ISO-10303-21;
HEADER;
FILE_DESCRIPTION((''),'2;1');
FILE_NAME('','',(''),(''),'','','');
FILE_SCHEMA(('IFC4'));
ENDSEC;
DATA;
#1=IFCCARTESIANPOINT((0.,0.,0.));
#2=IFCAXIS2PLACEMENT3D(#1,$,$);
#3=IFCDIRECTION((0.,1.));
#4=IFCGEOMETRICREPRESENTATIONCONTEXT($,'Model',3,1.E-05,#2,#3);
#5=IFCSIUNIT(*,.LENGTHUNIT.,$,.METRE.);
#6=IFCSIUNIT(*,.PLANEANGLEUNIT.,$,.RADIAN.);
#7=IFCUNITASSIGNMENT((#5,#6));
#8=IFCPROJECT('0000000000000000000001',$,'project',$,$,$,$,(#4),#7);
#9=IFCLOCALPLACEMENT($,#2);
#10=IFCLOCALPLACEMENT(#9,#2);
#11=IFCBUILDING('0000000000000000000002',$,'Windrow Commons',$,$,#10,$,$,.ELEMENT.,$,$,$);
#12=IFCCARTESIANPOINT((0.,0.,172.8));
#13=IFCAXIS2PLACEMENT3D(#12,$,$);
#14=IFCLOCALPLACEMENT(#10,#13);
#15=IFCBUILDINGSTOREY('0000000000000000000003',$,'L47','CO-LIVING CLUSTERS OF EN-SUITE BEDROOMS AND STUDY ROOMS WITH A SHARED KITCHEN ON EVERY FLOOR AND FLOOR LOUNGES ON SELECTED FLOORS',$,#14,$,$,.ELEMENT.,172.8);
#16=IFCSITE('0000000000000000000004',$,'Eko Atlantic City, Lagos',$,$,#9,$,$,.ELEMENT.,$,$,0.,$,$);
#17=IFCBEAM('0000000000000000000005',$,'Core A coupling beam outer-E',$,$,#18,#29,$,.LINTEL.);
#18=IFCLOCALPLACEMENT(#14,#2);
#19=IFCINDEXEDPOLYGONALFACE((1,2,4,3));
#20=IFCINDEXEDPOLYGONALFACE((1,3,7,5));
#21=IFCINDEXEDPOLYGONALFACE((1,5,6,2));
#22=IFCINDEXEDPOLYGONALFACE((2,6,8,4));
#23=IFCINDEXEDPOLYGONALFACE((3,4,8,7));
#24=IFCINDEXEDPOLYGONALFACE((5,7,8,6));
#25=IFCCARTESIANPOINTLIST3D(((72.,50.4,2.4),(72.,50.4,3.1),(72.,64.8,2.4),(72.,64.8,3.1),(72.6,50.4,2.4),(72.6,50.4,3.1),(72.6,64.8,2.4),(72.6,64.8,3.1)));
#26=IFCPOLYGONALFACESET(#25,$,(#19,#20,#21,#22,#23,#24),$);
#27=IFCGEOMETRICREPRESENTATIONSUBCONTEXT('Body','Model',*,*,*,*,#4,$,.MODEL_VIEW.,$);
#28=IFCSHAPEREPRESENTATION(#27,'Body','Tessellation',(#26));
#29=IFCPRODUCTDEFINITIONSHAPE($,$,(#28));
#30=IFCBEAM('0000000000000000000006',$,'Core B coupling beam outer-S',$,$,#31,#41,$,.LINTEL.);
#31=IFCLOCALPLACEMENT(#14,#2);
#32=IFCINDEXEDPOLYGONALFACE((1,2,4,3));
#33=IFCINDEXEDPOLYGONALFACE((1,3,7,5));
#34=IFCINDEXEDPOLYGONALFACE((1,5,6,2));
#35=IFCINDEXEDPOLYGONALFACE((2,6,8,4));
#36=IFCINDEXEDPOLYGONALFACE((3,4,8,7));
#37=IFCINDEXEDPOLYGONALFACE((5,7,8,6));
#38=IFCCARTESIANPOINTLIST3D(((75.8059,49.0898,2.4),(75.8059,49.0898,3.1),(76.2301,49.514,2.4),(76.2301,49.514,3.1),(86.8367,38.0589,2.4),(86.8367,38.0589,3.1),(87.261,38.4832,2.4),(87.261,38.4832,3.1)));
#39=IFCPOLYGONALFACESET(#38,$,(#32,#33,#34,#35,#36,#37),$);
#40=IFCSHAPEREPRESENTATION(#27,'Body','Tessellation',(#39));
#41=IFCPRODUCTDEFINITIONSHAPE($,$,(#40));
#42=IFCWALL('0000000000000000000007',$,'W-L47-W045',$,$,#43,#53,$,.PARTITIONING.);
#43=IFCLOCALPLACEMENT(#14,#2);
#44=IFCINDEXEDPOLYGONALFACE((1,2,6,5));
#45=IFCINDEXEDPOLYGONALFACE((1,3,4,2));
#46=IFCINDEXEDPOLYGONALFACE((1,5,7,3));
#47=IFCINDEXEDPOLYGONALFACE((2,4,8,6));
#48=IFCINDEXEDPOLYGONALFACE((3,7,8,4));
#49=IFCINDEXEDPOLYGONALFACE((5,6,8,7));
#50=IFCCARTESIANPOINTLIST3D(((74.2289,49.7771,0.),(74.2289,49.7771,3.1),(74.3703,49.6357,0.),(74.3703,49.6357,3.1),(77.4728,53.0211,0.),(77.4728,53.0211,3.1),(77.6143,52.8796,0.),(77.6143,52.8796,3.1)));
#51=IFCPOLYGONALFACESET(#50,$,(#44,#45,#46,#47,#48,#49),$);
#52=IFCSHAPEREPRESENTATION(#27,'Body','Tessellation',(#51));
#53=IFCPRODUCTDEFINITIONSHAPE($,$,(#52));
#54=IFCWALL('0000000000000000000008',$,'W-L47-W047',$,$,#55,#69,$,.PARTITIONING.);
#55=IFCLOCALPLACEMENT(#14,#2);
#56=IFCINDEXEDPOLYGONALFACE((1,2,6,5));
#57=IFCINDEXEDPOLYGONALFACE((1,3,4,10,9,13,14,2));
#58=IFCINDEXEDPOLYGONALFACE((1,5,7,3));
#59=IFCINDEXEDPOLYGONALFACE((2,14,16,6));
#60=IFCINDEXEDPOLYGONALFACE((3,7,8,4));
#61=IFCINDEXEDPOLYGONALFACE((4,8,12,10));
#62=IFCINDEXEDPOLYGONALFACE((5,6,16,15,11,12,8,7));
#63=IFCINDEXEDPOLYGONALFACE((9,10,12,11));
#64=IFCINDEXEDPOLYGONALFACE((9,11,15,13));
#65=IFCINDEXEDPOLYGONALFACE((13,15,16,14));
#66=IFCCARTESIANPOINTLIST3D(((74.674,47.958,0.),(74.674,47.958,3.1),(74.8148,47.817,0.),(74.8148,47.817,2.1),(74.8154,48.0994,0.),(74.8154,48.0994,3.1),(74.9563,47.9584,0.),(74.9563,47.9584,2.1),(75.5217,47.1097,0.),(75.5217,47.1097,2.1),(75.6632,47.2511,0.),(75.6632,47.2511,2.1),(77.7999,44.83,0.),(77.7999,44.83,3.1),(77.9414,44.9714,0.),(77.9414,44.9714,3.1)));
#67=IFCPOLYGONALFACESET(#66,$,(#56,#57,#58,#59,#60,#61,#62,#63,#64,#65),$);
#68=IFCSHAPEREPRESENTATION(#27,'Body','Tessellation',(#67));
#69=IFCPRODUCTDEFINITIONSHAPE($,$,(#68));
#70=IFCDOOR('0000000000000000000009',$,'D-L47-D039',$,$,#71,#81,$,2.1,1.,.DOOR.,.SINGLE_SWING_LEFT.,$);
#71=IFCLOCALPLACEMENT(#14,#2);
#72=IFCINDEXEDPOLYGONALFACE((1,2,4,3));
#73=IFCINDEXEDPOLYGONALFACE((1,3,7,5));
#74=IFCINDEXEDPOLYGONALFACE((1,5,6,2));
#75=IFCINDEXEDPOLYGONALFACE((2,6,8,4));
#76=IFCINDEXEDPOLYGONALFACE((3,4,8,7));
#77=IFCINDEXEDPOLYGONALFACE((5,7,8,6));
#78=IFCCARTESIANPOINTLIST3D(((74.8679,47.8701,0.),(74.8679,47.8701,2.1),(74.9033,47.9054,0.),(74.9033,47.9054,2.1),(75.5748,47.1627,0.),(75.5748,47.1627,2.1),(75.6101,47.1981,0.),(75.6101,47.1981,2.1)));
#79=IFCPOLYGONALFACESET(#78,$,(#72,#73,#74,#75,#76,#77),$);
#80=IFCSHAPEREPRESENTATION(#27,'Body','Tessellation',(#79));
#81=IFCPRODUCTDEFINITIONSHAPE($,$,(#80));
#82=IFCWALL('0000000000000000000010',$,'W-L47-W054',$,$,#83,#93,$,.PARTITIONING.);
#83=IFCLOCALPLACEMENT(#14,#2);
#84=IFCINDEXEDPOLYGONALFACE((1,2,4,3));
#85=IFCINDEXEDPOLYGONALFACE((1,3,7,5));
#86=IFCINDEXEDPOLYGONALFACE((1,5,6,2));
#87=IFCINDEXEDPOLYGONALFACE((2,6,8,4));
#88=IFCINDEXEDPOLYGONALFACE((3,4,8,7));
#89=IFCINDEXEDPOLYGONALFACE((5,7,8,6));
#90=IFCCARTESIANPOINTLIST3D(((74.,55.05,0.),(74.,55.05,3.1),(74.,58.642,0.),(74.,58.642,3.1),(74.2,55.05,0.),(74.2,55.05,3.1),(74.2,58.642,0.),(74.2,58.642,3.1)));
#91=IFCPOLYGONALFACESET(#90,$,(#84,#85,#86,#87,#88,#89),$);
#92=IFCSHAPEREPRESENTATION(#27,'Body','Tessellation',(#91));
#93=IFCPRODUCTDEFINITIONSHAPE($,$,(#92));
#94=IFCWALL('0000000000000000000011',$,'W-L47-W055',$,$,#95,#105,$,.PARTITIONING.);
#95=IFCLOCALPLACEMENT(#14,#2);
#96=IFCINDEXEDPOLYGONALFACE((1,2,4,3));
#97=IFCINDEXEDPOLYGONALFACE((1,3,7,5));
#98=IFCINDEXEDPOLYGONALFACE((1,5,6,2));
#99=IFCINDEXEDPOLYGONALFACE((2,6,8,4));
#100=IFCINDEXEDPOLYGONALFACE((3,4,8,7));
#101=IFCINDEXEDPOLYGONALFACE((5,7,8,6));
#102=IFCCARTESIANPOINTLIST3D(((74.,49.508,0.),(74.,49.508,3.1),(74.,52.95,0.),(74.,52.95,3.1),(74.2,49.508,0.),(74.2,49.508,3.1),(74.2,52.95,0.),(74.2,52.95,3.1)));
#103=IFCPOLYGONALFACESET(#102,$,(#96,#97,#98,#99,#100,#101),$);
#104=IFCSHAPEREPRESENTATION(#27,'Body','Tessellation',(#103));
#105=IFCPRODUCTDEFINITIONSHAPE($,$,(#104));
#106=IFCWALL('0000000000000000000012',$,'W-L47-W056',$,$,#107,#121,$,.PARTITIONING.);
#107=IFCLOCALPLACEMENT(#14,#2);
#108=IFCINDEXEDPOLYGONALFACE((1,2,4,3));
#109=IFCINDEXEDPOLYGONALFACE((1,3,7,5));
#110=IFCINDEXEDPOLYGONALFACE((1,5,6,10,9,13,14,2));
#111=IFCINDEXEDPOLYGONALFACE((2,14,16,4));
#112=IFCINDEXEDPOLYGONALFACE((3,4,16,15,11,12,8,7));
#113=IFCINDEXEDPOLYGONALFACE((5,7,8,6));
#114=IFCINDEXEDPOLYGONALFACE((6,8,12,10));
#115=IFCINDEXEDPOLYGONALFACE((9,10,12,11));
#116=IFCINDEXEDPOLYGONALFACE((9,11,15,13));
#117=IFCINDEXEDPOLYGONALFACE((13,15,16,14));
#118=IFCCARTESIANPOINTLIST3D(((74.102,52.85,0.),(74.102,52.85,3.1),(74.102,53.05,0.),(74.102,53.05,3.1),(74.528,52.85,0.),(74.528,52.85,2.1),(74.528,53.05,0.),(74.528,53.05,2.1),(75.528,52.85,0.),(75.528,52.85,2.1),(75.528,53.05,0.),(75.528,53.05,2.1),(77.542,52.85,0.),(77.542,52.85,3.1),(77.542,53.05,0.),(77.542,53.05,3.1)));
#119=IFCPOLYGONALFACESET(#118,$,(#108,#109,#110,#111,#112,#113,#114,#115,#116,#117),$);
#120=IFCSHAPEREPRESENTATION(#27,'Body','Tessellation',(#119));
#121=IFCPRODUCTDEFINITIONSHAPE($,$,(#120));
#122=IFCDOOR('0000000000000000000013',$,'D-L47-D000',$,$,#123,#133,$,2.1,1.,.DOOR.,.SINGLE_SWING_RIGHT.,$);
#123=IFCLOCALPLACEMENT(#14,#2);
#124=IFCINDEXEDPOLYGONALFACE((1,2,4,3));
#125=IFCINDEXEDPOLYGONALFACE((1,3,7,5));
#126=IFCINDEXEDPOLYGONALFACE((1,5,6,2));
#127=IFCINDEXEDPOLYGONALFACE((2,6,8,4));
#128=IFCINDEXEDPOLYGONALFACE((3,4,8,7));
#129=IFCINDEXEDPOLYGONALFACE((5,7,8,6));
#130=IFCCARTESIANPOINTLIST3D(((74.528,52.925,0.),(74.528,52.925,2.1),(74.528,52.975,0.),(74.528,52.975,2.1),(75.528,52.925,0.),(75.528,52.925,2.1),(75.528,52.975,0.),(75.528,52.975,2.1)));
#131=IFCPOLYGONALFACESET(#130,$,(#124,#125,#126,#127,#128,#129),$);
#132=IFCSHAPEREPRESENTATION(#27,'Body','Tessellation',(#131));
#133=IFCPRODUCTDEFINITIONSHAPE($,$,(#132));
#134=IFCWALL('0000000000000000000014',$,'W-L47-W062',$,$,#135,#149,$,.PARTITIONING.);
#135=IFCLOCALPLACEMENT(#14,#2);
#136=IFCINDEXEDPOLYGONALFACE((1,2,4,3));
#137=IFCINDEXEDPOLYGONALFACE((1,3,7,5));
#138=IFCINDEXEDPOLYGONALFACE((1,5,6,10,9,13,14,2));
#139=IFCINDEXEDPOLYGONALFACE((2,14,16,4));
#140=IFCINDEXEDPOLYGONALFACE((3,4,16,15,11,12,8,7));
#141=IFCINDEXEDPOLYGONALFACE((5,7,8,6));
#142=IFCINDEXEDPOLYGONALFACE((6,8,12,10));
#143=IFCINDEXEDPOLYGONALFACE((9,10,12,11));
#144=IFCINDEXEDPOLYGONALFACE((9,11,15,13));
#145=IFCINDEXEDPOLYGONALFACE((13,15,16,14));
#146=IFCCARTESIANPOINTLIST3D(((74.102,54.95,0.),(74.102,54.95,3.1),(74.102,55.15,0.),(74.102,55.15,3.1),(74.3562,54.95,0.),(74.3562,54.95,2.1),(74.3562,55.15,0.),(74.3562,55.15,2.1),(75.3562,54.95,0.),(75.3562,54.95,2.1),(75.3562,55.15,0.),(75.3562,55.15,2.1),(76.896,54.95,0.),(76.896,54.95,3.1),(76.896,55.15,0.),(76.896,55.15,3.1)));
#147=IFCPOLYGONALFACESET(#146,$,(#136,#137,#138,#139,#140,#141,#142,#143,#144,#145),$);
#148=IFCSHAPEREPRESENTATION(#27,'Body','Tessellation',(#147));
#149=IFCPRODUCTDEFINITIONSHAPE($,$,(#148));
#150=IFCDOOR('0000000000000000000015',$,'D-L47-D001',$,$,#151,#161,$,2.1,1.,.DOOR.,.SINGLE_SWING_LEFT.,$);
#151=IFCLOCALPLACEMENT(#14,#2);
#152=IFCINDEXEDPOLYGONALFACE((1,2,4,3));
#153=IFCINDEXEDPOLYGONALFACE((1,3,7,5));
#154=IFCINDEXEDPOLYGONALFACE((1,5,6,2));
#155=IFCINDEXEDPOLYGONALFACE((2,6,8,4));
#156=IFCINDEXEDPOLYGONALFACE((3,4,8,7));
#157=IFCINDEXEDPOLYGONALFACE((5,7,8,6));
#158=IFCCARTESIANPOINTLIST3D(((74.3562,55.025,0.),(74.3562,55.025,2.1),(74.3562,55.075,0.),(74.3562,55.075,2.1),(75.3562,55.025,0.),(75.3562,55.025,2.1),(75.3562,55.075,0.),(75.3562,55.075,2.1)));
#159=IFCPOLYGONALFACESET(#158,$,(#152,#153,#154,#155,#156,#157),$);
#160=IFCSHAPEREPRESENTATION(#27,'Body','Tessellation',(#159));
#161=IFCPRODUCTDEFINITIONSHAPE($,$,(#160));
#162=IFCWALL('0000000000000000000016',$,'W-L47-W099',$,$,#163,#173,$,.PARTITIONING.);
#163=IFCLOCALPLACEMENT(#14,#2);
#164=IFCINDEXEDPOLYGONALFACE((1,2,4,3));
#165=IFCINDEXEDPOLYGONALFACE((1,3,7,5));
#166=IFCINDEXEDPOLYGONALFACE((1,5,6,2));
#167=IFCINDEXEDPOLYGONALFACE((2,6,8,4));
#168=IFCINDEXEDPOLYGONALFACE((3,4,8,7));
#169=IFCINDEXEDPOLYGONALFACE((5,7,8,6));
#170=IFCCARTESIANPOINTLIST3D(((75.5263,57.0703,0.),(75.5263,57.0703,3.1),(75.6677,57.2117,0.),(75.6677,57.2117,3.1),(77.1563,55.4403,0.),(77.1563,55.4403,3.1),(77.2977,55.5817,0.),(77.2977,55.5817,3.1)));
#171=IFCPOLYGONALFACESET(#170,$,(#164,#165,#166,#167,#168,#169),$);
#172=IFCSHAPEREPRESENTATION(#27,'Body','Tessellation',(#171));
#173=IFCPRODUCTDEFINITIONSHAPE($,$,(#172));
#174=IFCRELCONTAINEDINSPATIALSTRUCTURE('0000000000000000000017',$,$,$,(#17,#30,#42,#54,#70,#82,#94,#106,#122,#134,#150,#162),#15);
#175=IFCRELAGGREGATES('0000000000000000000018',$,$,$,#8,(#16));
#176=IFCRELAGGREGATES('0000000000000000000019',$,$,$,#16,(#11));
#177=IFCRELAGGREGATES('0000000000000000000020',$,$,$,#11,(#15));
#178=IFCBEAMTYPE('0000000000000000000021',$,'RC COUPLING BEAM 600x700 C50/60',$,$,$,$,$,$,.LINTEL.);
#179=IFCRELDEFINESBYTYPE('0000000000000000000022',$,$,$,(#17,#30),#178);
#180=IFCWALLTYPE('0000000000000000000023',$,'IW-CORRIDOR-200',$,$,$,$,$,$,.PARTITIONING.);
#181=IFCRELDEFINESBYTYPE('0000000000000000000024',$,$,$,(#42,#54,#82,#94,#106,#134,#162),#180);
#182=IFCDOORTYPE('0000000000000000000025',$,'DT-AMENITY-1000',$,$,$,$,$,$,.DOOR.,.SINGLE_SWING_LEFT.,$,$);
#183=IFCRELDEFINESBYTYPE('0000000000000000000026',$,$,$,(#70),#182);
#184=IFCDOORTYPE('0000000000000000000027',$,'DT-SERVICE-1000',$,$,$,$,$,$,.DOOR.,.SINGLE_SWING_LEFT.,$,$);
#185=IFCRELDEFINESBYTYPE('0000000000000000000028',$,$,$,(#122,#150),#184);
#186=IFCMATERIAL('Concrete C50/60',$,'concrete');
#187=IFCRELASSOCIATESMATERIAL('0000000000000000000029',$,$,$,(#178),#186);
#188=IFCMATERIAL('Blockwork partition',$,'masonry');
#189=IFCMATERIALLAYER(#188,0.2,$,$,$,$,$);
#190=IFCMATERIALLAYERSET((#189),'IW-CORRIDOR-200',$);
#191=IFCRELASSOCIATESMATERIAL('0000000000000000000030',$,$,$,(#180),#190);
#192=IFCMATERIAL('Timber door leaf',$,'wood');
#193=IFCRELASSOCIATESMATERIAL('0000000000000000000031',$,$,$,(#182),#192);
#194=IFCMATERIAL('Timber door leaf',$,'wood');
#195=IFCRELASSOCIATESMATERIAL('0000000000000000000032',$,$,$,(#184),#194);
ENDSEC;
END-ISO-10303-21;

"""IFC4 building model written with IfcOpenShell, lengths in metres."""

from ifc_helpers import new_model, si_unit, direction, frame, frame_2d, origin, origin_2d, place, context, subcontext, project, spatial, rectangle, extrude, material, layer, layer_set, material_profile, profile_set, type_object, element, fill, save


model = new_model("IFC4")

# Units and contexts
model_context = context("Model", 3, precision=1e-05, world=origin(), true_north=direction((0.0, 1.0)))
body_context = subcontext(model_context, "Body", "Model", "MODEL_VIEW")
ifc_project = project(units=[si_unit("LENGTHUNIT", "METRE"), si_unit("PLANEANGLEUNIT", "RADIAN")], contexts=[model_context])

# Site, building, storey
site_placement = place(None, origin())
site = spatial("IfcSite", under=ifc_project, at=site_placement, Name="Eko Atlantic City, Lagos", CompositionType="ELEMENT", RefElevation=0.0)
building_placement = place(site_placement, origin())
building = spatial("IfcBuilding", under=site, at=building_placement, Name="Windrow Commons", CompositionType="ELEMENT")
storey_placement = place(building_placement, frame((0.0, 0.0, 172.8)))
storey = spatial("IfcBuildingStorey", under=building, at=storey_placement, Name="L47", Description="CO-LIVING CLUSTERS OF EN-SUITE BEDROOMS AND STUDY ROOMS WITH A SHARED KITCHEN ON EVERY FLOOR AND FLOOR LOUNGES ON SELECTED FLOORS", CompositionType="ELEMENT", Elevation=172.8)

# Beams
ifc_material_1 = material(Name="Concrete C50/60", Category="concrete")
ifc_material_profile = material_profile(ifc_material_1, rectangle(XDim=0.6, YDim=0.7, at=origin_2d()))
ifc_profile_set = profile_set([ifc_material_profile], Name="Concrete C50/60")
beam_type = type_object("IfcBeamType", Name="RC COUPLING BEAM 600x700 C50/60", PredefinedType="LINTEL", material=ifc_profile_set)
beam_1_placement = place(storey_placement, frame((72.3, 50.4, 2.75), z_axis=(0.0, 1.0, 0.0), x_axis=(-1.0, 0.0, 0.0)))
element("IfcBeam", 1, at=beam_1_placement, inside=storey, type_object=beam_type, Name="Core A coupling beam outer-E", PredefinedType="LINTEL", context=body_context, shape_type="SweptSolid", body=[
    extrude(rectangle(XDim=0.6, YDim=0.7, at=origin_2d()), origin(), (0.0, 0.0, 1.0), 14.4),
])
beam_2_placement = place(storey_placement, frame((76.018, 49.3019, 2.75), z_axis=(0.707107, -0.707107, 0.0), x_axis=(0.707107, 0.707107, 0.0)))
element("IfcBeam", 2, at=beam_2_placement, inside=storey, type_object=beam_type, Name="Core B coupling beam outer-S", PredefinedType="LINTEL", context=body_context, shape_type="SweptSolid", body=[
    extrude(rectangle(XDim=0.6, YDim=0.7, at=origin_2d()), origin(), (0.0, 0.0, 1.0), 15.6),
])

# Wall
ifc_material_2 = material(Name="Blockwork partition", Category="masonry")
ifc_layer_1 = layer(ifc_material_2, 0.2)
ifc_layer_set_1 = layer_set([ifc_layer_1], Name="IW-CORRIDOR-200")
wall_type_1 = type_object("IfcWallType", Name="IW-CORRIDOR-200", PredefinedType="PARTITIONING", material=ifc_layer_set_1)
wall_1_placement = place(storey_placement, frame((74.2996, 49.7064, 0.0), z_axis=(0.0, 0.0, 1.0), x_axis=(0.707107, 0.707107, 0.0)))
element("IfcWall", 3, at=wall_1_placement, inside=storey, type_object=wall_type_1, Name="W-L47-W045", PredefinedType="PARTITIONING", context=body_context, shape_type="SweptSolid", body=[
    extrude(rectangle(XDim=4.5877, YDim=0.2, at=frame_2d((2.2938, 0.0))), origin(), (0.0, 0.0, 1.0), 3.1),
])

# Wall, opening, door
wall_2_placement = place(storey_placement, frame((74.7447, 48.0287, 0.0), z_axis=(0.0, 0.0, 1.0), x_axis=(0.706881, -0.707333, 0.0)))
wall_2 = element("IfcWall", 4, at=wall_2_placement, inside=storey, type_object=wall_type_1, Name="W-L47-W047", PredefinedType="PARTITIONING", context=body_context, shape_type="SweptSolid", body=[
    extrude(rectangle(XDim=4.4222, YDim=0.2, at=frame_2d((2.2111, 0.0))), origin(), (0.0, 0.0, 1.0), 3.1),
])
opening_1_placement = place(wall_2_placement, frame((0.1993, 0.0, 0.0)))
opening_1 = element("IfcOpeningElement", 5, at=opening_1_placement, cuts=wall_2, PredefinedType="OPENING", context=body_context, shape_type="SweptSolid", body=[
    extrude(rectangle(XDim=1.0, YDim=2.1, at=frame_2d((0.5, 1.05))), frame((0.0, 0.11, 0.0), z_axis=(0.0, -1.0, 0.0), x_axis=(1.0, 0.0, 0.0)), (0.0, 0.0, 1.0), 0.22),
])
ifc_material_3 = material(Name="Timber door leaf", Category="wood")
door_type_1 = type_object("IfcDoorType", Name="DT-AMENITY-1000", OperationType="SINGLE_SWING_LEFT", PredefinedType="DOOR", material=ifc_material_3)
door_1_placement = place(opening_1_placement, origin())
door_1 = element("IfcDoor", 6, at=door_1_placement, inside=storey, type_object=door_type_1, Name="D-L47-D039", OperationType="SINGLE_SWING_LEFT", OverallHeight=2.1, OverallWidth=1.0, PredefinedType="DOOR", context=body_context, shape_type="SweptSolid", body=[
    extrude(rectangle(XDim=1.0, YDim=2.1, at=frame_2d((0.5, 1.05))), frame((0.0, 0.025, 0.0), z_axis=(0.0, -1.0, 0.0), x_axis=(1.0, 0.0, 0.0)), (0.0, 0.0, 1.0), 0.05),
])
fill(opening_1, door_1)

# Walls
wall_3_placement = place(storey_placement, frame((74.1, 55.05, 0.0), z_axis=(0.0, 0.0, 1.0), x_axis=(0.0, 1.0, 0.0)))
element("IfcWall", 7, at=wall_3_placement, inside=storey, type_object=wall_type_1, Name="W-L47-W054", PredefinedType="PARTITIONING", context=body_context, shape_type="SweptSolid", body=[
    extrude(rectangle(XDim=3.592, YDim=0.2, at=frame_2d((1.796, 0.0))), origin(), (0.0, 0.0, 1.0), 3.1),
])
wall_4_placement = place(storey_placement, frame((74.1, 49.508, 0.0), z_axis=(0.0, 0.0, 1.0), x_axis=(0.0, 1.0, 0.0)))
element("IfcWall", 8, at=wall_4_placement, inside=storey, type_object=wall_type_1, Name="W-L47-W055", PredefinedType="PARTITIONING", context=body_context, shape_type="SweptSolid", body=[
    extrude(rectangle(XDim=3.442, YDim=0.2, at=frame_2d((1.721, 0.0))), origin(), (0.0, 0.0, 1.0), 3.1),
])

# Walls, openings, doors
wall_5_placement = place(storey_placement, frame((74.102, 52.95, 0.0), z_axis=(0.0, 0.0, 1.0), x_axis=(1.0, 0.0, 0.0)))
wall_5 = element("IfcWall", 9, at=wall_5_placement, inside=storey, type_object=wall_type_1, Name="W-L47-W056", PredefinedType="PARTITIONING", context=body_context, shape_type="SweptSolid", body=[
    extrude(rectangle(XDim=3.44, YDim=0.2, at=frame_2d((1.72, 0.0))), origin(), (0.0, 0.0, 1.0), 3.1),
])
opening_2_placement = place(wall_5_placement, frame((0.426, 0.0, 0.0)))
opening_2 = element("IfcOpeningElement", 10, at=opening_2_placement, cuts=wall_5, PredefinedType="OPENING", context=body_context, shape_type="SweptSolid", body=[
    extrude(rectangle(XDim=1.0, YDim=2.1, at=frame_2d((0.5, 1.05))), frame((0.0, 0.11, 0.0), z_axis=(0.0, -1.0, 0.0), x_axis=(1.0, 0.0, 0.0)), (0.0, 0.0, 1.0), 0.22),
])
ifc_material_4 = material(Name="Timber door leaf", Category="wood")
door_type_2 = type_object("IfcDoorType", Name="DT-SERVICE-1000", OperationType="SINGLE_SWING_LEFT", PredefinedType="DOOR", material=ifc_material_4)
door_2_placement = place(opening_2_placement, origin())
door_2 = element("IfcDoor", 11, at=door_2_placement, inside=storey, type_object=door_type_2, Name="D-L47-D000", OperationType="SINGLE_SWING_RIGHT", OverallHeight=2.1, OverallWidth=1.0, PredefinedType="DOOR", context=body_context, shape_type="SweptSolid", body=[
    extrude(rectangle(XDim=1.0, YDim=2.1, at=frame_2d((0.5, 1.05))), frame((0.0, 0.025, 0.0), z_axis=(0.0, -1.0, 0.0), x_axis=(1.0, 0.0, 0.0)), (0.0, 0.0, 1.0), 0.05),
])
fill(opening_2, door_2)
wall_6_placement = place(storey_placement, frame((74.102, 55.05, 0.0), z_axis=(0.0, 0.0, 1.0), x_axis=(1.0, 0.0, 0.0)))
wall_6 = element("IfcWall", 12, at=wall_6_placement, inside=storey, type_object=wall_type_1, Name="W-L47-W062", PredefinedType="PARTITIONING", context=body_context, shape_type="SweptSolid", body=[
    extrude(rectangle(XDim=2.794, YDim=0.2, at=frame_2d((1.397, 0.0))), origin(), (0.0, 0.0, 1.0), 3.1),
])
opening_3_placement = place(wall_6_placement, frame((0.2542, 0.0, 0.0)))
opening_3 = element("IfcOpeningElement", 13, at=opening_3_placement, cuts=wall_6, PredefinedType="OPENING", context=body_context, shape_type="SweptSolid", body=[
    extrude(rectangle(XDim=1.0, YDim=2.1, at=frame_2d((0.5, 1.05))), frame((0.0, 0.11, 0.0), z_axis=(0.0, -1.0, 0.0), x_axis=(1.0, 0.0, 0.0)), (0.0, 0.0, 1.0), 0.22),
])
door_3_placement = place(opening_3_placement, origin())
door_3 = element("IfcDoor", 14, at=door_3_placement, inside=storey, type_object=door_type_2, Name="D-L47-D001", OperationType="SINGLE_SWING_LEFT", OverallHeight=2.1, OverallWidth=1.0, PredefinedType="DOOR", context=body_context, shape_type="SweptSolid", body=[
    extrude(rectangle(XDim=1.0, YDim=2.1, at=frame_2d((0.5, 1.05))), frame((0.0, 0.025, 0.0), z_axis=(0.0, -1.0, 0.0), x_axis=(1.0, 0.0, 0.0)), (0.0, 0.0, 1.0), 0.05),
])
fill(opening_3, door_3)

# Wall
wall_7_placement = place(storey_placement, frame((75.597, 57.141, 0.0), z_axis=(0.0, 0.0, 1.0), x_axis=(0.707107, -0.707107, 0.0)))
element("IfcWall", 15, at=wall_7_placement, inside=storey, type_object=wall_type_1, Name="W-L47-W099", PredefinedType="PARTITIONING", context=body_context, shape_type="SweptSolid", body=[
    extrude(rectangle(XDim=2.3052, YDim=0.2, at=frame_2d((1.1526, 0.0))), origin(), (0.0, 0.0, 1.0), 3.1),
])

save(model, "model.ifc")
